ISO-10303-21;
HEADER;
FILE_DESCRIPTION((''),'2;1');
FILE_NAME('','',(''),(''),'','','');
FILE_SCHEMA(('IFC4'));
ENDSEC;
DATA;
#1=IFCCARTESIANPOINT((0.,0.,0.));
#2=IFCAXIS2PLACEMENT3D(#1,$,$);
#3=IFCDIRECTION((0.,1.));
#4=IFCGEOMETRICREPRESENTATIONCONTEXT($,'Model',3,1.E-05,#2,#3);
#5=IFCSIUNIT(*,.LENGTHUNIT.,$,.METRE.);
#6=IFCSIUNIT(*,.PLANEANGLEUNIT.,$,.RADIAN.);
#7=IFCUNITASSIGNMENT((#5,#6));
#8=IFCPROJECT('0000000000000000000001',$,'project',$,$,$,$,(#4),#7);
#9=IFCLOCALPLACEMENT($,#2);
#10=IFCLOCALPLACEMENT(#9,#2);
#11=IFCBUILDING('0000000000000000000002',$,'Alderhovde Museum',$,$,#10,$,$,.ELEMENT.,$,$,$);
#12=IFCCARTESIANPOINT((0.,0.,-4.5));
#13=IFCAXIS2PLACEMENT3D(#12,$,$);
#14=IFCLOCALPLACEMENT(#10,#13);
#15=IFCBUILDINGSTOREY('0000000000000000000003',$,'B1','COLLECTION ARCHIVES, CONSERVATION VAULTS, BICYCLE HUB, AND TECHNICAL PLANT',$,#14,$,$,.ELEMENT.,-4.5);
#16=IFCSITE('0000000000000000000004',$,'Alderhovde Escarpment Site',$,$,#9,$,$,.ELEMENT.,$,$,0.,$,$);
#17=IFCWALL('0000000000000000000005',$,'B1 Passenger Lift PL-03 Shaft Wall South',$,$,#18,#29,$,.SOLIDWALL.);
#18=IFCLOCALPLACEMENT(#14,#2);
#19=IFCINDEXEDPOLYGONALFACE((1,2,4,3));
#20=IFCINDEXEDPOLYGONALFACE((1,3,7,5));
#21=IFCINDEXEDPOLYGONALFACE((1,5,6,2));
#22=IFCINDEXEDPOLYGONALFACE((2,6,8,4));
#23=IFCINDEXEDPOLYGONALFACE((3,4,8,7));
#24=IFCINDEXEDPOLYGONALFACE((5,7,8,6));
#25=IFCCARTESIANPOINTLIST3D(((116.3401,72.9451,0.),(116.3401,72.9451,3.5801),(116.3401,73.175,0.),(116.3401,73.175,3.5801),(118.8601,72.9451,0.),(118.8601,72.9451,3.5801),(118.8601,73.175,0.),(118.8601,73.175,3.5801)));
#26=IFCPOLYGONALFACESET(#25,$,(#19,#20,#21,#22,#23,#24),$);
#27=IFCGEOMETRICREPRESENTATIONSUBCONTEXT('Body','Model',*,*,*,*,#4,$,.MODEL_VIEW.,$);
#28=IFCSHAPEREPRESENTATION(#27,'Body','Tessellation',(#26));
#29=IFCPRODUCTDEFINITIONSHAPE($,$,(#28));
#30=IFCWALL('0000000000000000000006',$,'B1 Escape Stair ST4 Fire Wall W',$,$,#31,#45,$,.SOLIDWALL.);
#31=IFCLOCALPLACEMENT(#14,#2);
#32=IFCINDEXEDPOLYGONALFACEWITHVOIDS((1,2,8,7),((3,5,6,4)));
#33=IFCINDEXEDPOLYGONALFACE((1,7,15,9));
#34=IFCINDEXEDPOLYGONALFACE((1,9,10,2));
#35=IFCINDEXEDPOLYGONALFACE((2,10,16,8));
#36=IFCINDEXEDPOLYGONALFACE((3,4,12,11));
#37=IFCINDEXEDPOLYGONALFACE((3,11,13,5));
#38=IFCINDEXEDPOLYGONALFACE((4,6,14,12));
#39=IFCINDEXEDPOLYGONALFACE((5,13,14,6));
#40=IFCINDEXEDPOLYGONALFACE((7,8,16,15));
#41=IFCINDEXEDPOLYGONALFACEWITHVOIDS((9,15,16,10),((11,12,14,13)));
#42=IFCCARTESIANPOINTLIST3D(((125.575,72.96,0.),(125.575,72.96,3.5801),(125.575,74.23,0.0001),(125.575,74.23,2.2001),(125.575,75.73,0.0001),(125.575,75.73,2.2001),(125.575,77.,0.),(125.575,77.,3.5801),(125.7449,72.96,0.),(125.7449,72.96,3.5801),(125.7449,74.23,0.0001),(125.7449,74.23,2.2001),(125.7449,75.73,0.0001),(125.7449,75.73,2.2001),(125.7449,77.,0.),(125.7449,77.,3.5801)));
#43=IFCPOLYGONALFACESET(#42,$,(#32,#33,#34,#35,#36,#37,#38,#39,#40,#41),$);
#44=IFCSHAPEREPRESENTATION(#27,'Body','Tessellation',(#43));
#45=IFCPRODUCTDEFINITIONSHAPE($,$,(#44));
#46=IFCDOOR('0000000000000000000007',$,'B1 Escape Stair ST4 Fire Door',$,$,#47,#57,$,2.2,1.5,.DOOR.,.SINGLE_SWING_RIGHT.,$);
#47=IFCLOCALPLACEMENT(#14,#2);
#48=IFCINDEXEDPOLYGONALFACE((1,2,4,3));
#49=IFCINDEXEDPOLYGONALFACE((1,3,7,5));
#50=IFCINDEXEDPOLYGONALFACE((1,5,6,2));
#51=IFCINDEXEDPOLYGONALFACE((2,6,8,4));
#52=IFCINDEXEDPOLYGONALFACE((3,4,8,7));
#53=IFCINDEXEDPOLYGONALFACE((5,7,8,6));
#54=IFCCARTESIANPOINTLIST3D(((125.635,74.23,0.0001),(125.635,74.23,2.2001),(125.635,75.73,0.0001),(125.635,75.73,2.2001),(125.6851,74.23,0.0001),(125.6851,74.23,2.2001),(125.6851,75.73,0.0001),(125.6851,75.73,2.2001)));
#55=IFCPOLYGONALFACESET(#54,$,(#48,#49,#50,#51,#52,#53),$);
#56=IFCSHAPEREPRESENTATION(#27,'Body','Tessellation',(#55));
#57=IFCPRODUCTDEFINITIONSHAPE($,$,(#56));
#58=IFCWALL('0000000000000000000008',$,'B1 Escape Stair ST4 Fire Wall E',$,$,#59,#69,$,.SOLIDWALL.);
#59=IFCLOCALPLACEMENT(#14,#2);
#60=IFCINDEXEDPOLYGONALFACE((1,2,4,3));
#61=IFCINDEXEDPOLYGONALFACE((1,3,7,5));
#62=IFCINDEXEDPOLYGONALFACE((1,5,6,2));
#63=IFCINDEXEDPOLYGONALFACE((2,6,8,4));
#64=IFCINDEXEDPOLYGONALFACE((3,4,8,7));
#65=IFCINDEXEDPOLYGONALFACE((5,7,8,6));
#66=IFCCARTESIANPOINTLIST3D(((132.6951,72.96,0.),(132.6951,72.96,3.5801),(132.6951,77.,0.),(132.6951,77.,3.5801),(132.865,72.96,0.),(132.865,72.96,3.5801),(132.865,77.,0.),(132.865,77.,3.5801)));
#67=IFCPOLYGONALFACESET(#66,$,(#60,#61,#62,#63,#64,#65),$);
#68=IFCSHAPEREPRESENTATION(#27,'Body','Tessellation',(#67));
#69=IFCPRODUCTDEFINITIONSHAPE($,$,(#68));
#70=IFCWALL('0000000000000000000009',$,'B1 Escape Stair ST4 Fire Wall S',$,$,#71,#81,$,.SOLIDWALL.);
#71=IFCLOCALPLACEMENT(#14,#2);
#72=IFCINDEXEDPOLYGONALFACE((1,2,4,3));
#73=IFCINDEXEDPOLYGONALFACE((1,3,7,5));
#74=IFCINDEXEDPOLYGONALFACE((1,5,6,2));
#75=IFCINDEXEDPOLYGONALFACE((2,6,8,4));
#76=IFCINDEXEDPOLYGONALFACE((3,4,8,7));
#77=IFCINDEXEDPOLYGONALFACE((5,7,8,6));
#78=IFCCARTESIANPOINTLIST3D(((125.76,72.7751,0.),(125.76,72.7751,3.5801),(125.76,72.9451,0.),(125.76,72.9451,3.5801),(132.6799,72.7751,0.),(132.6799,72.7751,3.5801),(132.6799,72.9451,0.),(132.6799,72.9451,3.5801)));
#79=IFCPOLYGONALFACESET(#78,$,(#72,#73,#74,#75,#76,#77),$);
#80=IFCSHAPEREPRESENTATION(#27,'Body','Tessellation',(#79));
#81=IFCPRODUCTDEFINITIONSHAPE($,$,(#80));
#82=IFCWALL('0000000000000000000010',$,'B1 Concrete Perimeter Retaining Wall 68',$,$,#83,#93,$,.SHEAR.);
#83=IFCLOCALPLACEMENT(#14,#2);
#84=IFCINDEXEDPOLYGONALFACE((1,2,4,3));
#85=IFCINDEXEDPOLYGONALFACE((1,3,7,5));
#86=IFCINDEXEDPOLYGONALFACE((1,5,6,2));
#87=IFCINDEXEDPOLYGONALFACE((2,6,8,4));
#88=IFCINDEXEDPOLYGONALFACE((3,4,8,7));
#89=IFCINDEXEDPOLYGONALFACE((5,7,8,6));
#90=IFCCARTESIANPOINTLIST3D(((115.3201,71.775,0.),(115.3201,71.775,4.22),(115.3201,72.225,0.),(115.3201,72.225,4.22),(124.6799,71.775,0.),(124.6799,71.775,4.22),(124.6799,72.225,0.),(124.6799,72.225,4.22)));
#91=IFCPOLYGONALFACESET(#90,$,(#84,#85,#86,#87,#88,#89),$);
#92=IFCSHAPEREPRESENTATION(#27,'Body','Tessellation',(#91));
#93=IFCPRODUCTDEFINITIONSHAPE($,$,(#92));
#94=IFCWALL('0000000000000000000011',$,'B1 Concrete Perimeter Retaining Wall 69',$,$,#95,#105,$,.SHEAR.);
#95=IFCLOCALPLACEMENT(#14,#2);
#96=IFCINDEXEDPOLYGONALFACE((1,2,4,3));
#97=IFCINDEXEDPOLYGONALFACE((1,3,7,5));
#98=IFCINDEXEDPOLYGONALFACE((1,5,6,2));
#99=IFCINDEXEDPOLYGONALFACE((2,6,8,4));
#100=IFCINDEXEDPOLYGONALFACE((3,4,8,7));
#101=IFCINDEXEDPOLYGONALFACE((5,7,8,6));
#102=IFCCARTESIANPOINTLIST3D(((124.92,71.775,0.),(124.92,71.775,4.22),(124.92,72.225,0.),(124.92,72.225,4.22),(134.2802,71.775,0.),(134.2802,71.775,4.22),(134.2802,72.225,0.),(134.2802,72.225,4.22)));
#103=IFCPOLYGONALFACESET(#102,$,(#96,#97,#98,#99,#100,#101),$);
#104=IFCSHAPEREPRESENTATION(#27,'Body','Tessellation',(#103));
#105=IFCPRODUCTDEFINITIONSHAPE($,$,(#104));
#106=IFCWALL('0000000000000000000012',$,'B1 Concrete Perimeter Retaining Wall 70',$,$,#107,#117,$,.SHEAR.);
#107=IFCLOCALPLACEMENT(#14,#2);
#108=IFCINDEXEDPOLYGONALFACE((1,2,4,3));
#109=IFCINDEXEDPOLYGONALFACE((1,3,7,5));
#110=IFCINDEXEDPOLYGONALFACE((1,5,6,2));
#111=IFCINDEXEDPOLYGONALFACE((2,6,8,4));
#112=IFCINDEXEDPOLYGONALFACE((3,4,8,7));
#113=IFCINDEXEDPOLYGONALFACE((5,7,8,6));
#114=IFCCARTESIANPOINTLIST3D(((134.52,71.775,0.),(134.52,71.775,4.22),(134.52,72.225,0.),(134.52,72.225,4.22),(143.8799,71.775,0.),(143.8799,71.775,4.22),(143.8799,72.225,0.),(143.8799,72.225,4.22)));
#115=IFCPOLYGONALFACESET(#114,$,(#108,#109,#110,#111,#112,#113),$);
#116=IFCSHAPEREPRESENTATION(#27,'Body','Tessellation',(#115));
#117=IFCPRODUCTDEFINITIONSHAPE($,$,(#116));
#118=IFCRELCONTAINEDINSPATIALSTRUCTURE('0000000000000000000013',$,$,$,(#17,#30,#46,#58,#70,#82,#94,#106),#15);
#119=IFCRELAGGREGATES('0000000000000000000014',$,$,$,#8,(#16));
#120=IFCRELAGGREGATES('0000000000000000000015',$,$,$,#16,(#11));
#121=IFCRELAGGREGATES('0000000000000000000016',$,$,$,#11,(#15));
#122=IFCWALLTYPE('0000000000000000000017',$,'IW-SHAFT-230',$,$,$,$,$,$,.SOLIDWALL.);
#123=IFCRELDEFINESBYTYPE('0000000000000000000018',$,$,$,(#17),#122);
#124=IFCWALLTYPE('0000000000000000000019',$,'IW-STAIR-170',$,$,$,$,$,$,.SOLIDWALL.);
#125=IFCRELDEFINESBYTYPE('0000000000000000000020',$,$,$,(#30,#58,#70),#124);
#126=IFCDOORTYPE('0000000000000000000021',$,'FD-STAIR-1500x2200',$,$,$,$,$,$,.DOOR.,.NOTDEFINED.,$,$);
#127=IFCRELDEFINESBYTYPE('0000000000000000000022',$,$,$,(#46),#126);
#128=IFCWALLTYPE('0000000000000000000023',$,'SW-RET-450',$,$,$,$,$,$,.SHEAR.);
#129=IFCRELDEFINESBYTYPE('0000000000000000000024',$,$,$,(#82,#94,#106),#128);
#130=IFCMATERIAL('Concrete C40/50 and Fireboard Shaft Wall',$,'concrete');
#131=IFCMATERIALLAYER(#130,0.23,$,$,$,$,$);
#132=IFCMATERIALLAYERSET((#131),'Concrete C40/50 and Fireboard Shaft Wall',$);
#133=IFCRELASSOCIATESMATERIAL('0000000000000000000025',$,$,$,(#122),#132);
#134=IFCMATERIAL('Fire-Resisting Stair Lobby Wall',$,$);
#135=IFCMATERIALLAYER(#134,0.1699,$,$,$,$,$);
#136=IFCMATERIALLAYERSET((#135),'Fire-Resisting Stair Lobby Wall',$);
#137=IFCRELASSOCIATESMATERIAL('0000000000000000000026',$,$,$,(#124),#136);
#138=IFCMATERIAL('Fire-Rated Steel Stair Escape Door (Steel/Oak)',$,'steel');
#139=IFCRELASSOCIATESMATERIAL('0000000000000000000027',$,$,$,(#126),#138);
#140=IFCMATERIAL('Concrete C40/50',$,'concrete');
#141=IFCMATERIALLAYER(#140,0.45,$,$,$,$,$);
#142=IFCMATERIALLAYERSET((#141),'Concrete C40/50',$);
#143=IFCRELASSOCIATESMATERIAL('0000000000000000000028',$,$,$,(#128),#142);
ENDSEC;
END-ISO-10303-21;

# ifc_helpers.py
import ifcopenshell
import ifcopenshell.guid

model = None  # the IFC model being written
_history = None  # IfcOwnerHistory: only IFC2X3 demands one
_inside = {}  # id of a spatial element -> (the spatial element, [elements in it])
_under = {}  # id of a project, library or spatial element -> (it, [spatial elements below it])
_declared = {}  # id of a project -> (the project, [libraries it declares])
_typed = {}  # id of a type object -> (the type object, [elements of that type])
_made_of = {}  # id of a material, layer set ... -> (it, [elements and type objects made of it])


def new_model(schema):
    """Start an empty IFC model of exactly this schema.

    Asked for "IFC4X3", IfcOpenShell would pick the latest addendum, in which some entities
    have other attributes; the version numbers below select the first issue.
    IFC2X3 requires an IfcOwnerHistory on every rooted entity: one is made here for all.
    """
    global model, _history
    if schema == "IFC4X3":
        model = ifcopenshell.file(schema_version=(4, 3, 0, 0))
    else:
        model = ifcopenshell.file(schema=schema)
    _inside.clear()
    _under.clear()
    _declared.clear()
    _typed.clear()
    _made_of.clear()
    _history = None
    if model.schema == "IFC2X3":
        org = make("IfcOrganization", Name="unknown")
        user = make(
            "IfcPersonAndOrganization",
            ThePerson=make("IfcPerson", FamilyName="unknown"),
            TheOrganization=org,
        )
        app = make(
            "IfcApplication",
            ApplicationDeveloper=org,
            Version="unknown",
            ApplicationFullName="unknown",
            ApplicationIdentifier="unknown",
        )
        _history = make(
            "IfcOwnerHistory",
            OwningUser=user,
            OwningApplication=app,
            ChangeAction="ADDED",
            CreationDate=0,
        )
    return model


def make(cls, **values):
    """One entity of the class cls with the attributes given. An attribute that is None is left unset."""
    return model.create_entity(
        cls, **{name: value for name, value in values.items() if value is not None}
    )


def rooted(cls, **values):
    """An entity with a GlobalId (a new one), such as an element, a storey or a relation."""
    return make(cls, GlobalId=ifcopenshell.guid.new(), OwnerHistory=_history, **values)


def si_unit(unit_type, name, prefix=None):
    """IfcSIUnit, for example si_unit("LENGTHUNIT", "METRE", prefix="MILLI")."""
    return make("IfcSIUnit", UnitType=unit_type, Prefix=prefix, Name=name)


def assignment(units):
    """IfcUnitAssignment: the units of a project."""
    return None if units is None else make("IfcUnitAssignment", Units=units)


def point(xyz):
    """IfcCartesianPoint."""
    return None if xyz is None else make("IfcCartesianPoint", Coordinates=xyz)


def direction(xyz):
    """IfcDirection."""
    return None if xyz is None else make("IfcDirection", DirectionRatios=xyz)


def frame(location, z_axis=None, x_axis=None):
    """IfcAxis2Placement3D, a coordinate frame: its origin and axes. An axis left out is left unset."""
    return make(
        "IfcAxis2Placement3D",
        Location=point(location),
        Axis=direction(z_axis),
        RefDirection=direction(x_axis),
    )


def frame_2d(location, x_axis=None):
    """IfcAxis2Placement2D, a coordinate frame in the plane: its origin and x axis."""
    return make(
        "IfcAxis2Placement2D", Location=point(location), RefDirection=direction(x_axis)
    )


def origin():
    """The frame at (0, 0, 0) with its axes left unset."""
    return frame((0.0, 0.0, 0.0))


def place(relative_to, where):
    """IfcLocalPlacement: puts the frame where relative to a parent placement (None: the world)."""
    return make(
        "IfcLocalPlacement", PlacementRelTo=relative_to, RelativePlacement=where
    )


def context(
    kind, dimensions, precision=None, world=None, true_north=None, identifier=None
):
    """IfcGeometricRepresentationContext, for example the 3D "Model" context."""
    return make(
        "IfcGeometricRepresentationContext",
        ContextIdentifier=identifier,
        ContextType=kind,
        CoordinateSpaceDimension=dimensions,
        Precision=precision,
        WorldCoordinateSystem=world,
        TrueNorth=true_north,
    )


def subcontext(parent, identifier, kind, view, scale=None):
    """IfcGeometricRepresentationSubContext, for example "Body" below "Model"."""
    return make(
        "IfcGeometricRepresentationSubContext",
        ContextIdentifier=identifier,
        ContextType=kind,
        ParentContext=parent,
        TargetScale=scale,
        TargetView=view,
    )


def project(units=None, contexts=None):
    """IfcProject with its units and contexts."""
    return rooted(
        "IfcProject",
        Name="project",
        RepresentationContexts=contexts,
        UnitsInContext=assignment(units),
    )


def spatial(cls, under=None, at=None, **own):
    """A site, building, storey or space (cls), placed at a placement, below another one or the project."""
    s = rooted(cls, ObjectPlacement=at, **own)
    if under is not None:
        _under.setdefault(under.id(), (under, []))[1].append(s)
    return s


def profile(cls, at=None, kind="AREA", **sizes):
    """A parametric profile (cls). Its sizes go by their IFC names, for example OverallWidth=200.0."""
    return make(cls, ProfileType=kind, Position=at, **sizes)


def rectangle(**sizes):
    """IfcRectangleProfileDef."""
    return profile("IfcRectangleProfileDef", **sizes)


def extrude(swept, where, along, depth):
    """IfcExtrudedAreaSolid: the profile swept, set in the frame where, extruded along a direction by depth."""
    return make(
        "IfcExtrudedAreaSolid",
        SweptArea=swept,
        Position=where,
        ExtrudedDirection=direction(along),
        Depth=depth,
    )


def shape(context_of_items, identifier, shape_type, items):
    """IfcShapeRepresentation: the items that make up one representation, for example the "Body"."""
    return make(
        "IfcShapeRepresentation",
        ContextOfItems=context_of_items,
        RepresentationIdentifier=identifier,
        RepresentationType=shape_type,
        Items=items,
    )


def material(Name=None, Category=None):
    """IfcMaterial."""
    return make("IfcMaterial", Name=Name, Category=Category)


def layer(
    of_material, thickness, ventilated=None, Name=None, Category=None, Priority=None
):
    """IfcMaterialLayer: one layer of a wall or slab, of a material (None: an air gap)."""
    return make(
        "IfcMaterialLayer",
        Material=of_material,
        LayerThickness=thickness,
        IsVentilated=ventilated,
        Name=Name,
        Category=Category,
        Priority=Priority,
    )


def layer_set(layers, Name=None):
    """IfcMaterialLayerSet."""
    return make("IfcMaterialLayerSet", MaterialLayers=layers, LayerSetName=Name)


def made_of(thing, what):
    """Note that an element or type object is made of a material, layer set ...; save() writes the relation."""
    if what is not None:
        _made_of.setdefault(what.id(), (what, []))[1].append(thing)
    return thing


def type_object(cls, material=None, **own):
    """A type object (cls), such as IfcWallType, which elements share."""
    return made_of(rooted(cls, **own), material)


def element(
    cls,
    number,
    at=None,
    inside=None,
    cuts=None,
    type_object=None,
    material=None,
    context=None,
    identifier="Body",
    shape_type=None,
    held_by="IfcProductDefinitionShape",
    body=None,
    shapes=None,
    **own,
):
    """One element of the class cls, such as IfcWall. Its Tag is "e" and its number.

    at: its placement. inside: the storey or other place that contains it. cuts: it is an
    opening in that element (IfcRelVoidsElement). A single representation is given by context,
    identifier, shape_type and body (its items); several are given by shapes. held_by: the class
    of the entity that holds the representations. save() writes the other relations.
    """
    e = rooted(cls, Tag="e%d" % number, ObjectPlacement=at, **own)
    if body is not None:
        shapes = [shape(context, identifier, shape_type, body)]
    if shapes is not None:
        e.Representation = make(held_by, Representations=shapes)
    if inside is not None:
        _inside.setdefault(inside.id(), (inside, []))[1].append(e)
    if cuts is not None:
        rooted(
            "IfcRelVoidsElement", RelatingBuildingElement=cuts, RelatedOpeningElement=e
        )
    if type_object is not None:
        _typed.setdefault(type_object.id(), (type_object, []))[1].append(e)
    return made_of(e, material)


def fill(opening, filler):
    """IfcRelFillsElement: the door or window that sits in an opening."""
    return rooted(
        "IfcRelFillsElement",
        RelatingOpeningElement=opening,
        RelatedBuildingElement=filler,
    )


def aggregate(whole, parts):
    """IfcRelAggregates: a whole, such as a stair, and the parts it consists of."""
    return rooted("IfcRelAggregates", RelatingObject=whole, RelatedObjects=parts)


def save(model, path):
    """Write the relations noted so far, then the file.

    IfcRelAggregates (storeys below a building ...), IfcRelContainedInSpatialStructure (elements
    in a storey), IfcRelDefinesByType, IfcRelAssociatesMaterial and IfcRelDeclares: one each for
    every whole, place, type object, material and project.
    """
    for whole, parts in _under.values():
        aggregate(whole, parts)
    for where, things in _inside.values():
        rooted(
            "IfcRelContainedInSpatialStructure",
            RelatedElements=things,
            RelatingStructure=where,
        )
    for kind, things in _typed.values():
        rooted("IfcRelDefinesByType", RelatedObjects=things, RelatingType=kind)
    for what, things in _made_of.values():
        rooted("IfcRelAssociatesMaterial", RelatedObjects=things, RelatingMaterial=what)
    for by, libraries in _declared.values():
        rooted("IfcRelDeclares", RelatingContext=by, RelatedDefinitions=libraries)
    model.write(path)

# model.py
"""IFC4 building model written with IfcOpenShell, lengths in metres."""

from ifc_helpers import new_model, si_unit, direction, frame, frame_2d, origin, place, context, subcontext, project, spatial, rectangle, extrude, material, layer, layer_set, type_object, element, fill, save


model = new_model("IFC4")

# Units and contexts
model_context = context("Model", 3, precision=1e-05, world=origin(), true_north=direction((0.0, 1.0)))
body_context = subcontext(model_context, "Body", "Model", "MODEL_VIEW")
ifc_project = project(units=[si_unit("LENGTHUNIT", "METRE"), si_unit("PLANEANGLEUNIT", "RADIAN")], contexts=[model_context])

# Site, building, storey
site_placement = place(None, origin())
site = spatial("IfcSite", under=ifc_project, at=site_placement, Name="Alderhovde Escarpment Site", CompositionType="ELEMENT", RefElevation=0.0)
building_placement = place(site_placement, origin())
building = spatial("IfcBuilding", under=site, at=building_placement, Name="Alderhovde Museum", CompositionType="ELEMENT")
storey_placement = place(building_placement, frame((0.0, 0.0, -4.5)))
storey = spatial("IfcBuildingStorey", under=building, at=storey_placement, Name="B1", Description="COLLECTION ARCHIVES, CONSERVATION VAULTS, BICYCLE HUB, AND TECHNICAL PLANT", CompositionType="ELEMENT", Elevation=-4.5)

# Wall
ifc_material_1 = material(Name="Concrete C40/50 and Fireboard Shaft Wall", Category="concrete")
ifc_layer_1 = layer(ifc_material_1, 0.23)
ifc_layer_set_1 = layer_set([ifc_layer_1], Name="Concrete C40/50 and Fireboard Shaft Wall")
wall_type_1 = type_object("IfcWallType", Name="IW-SHAFT-230", PredefinedType="SOLIDWALL", material=ifc_layer_set_1)
wall_1_placement = place(storey_placement, frame((116.3401, 73.0601, 0.0), z_axis=(0.0, 0.0, 1.0), x_axis=(1.0, 0.0, 0.0)))
element("IfcWall", 1, at=wall_1_placement, inside=storey, type_object=wall_type_1, Name="B1 Passenger Lift PL-03 Shaft Wall South", PredefinedType="SOLIDWALL", context=body_context, shape_type="SweptSolid", body=[
    extrude(rectangle(XDim=2.52, YDim=0.23, at=frame_2d((1.26, 0.0))), origin(), (0.0, 0.0, 1.0), 3.5801),
])

# Wall, opening, door
ifc_material_2 = material(Name="Fire-Resisting Stair Lobby Wall")
ifc_layer_2 = layer(ifc_material_2, 0.1699)
ifc_layer_set_2 = layer_set([ifc_layer_2], Name="Fire-Resisting Stair Lobby Wall")
wall_type_2 = type_object("IfcWallType", Name="IW-STAIR-170", PredefinedType="SOLIDWALL", material=ifc_layer_set_2)
wall_2_placement = place(storey_placement, frame((125.6599, 72.96, 0.0), z_axis=(0.0, 0.0, 1.0), x_axis=(0.0, 1.0, 0.0)))
wall_2 = element("IfcWall", 2, at=wall_2_placement, inside=storey, type_object=wall_type_2, Name="B1 Escape Stair ST4 Fire Wall W", PredefinedType="SOLIDWALL", context=body_context, shape_type="SweptSolid", body=[
    extrude(rectangle(XDim=4.04, YDim=0.1699, at=frame_2d((2.02, 0.0))), origin(), (0.0, 0.0, 1.0), 3.5801),
])
opening_placement = place(wall_2_placement, frame((1.27, 0.0, 0.0)))
opening = element("IfcOpeningElement", 3, at=opening_placement, cuts=wall_2, PredefinedType="OPENING", context=body_context, shape_type="SweptSolid", body=[
    extrude(rectangle(XDim=1.5, YDim=2.2, at=frame_2d((0.75, 1.1001))), frame((0.0, 0.095, 0.0), z_axis=(0.0, -1.0, 0.0), x_axis=(1.0, 0.0, 0.0)), (0.0, 0.0, 1.0), 0.1899),
])
ifc_material_3 = material(Name="Fire-Rated Steel Stair Escape Door (Steel/Oak)", Category="steel")
door_type = type_object("IfcDoorType", Name="FD-STAIR-1500x2200", OperationType="NOTDEFINED", PredefinedType="DOOR", material=ifc_material_3)
door_placement = place(opening_placement, origin())
door = element("IfcDoor", 4, at=door_placement, inside=storey, type_object=door_type, Name="B1 Escape Stair ST4 Fire Door", OperationType="SINGLE_SWING_RIGHT", OverallHeight=2.2, OverallWidth=1.5, PredefinedType="DOOR", context=body_context, shape_type="SweptSolid", body=[
    extrude(rectangle(XDim=1.5, YDim=2.2, at=frame_2d((0.75, 1.1001))), frame((0.0, 0.0249, 0.0), z_axis=(0.0, -1.0, 0.0), x_axis=(1.0, 0.0, 0.0)), (0.0, 0.0, 1.0), 0.05),
])
fill(opening, door)

# Walls
wall_3_placement = place(storey_placement, frame((132.78, 72.96, 0.0), z_axis=(0.0, 0.0, 1.0), x_axis=(0.0, 1.0, 0.0)))
element("IfcWall", 5, at=wall_3_placement, inside=storey, type_object=wall_type_2, Name="B1 Escape Stair ST4 Fire Wall E", PredefinedType="SOLIDWALL", context=body_context, shape_type="SweptSolid", body=[
    extrude(rectangle(XDim=4.04, YDim=0.1699, at=frame_2d((2.02, 0.0))), origin(), (0.0, 0.0, 1.0), 3.5801),
])
wall_4_placement = place(storey_placement, frame((125.76, 72.8601, 0.0), z_axis=(0.0, 0.0, 1.0), x_axis=(1.0, 0.0, 0.0)))
element("IfcWall", 6, at=wall_4_placement, inside=storey, type_object=wall_type_2, Name="B1 Escape Stair ST4 Fire Wall S", PredefinedType="SOLIDWALL", context=body_context, shape_type="SweptSolid", body=[
    extrude(rectangle(XDim=6.9199, YDim=0.1699, at=frame_2d((3.46, 0.0))), origin(), (0.0, 0.0, 1.0), 3.5801),
])
ifc_material_4 = material(Name="Concrete C40/50", Category="concrete")
ifc_layer_3 = layer(ifc_material_4, 0.45)
ifc_layer_set_3 = layer_set([ifc_layer_3], Name="Concrete C40/50")
wall_type_3 = type_object("IfcWallType", Name="SW-RET-450", PredefinedType="SHEAR", material=ifc_layer_set_3)
wall_5_placement = place(storey_placement, frame((115.3201, 72.0, 0.0), z_axis=(0.0, 0.0, 1.0), x_axis=(1.0, 0.0, 0.0)))
element("IfcWall", 7, at=wall_5_placement, inside=storey, type_object=wall_type_3, Name="B1 Concrete Perimeter Retaining Wall 68", PredefinedType="SHEAR", context=body_context, shape_type="SweptSolid", body=[
    extrude(rectangle(XDim=9.3599, YDim=0.45, at=frame_2d((4.6799, 0.0))), origin(), (0.0, 0.0, 1.0), 4.22),
])
wall_6_placement = place(storey_placement, frame((124.9199, 72.0, 0.0), z_axis=(0.0, 0.0, 1.0), x_axis=(1.0, 0.0, 0.0)))
element("IfcWall", 8, at=wall_6_placement, inside=storey, type_object=wall_type_3, Name="B1 Concrete Perimeter Retaining Wall 69", PredefinedType="SHEAR", context=body_context, shape_type="SweptSolid", body=[
    extrude(rectangle(XDim=9.3601, YDim=0.45, at=frame_2d((4.6802, 0.0))), origin(), (0.0, 0.0, 1.0), 4.22),
])
wall_7_placement = place(storey_placement, frame((134.52, 72.0, 0.0), z_axis=(0.0, 0.0, 1.0), x_axis=(1.0, 0.0, 0.0)))
element("IfcWall", 9, at=wall_7_placement, inside=storey, type_object=wall_type_3, Name="B1 Concrete Perimeter Retaining Wall 70", PredefinedType="SHEAR", context=body_context, shape_type="SweptSolid", body=[
    extrude(rectangle(XDim=9.3599, YDim=0.45, at=frame_2d((4.6799, 0.0))), origin(), (0.0, 0.0, 1.0), 4.22),
])

save(model, "model.ifc")
